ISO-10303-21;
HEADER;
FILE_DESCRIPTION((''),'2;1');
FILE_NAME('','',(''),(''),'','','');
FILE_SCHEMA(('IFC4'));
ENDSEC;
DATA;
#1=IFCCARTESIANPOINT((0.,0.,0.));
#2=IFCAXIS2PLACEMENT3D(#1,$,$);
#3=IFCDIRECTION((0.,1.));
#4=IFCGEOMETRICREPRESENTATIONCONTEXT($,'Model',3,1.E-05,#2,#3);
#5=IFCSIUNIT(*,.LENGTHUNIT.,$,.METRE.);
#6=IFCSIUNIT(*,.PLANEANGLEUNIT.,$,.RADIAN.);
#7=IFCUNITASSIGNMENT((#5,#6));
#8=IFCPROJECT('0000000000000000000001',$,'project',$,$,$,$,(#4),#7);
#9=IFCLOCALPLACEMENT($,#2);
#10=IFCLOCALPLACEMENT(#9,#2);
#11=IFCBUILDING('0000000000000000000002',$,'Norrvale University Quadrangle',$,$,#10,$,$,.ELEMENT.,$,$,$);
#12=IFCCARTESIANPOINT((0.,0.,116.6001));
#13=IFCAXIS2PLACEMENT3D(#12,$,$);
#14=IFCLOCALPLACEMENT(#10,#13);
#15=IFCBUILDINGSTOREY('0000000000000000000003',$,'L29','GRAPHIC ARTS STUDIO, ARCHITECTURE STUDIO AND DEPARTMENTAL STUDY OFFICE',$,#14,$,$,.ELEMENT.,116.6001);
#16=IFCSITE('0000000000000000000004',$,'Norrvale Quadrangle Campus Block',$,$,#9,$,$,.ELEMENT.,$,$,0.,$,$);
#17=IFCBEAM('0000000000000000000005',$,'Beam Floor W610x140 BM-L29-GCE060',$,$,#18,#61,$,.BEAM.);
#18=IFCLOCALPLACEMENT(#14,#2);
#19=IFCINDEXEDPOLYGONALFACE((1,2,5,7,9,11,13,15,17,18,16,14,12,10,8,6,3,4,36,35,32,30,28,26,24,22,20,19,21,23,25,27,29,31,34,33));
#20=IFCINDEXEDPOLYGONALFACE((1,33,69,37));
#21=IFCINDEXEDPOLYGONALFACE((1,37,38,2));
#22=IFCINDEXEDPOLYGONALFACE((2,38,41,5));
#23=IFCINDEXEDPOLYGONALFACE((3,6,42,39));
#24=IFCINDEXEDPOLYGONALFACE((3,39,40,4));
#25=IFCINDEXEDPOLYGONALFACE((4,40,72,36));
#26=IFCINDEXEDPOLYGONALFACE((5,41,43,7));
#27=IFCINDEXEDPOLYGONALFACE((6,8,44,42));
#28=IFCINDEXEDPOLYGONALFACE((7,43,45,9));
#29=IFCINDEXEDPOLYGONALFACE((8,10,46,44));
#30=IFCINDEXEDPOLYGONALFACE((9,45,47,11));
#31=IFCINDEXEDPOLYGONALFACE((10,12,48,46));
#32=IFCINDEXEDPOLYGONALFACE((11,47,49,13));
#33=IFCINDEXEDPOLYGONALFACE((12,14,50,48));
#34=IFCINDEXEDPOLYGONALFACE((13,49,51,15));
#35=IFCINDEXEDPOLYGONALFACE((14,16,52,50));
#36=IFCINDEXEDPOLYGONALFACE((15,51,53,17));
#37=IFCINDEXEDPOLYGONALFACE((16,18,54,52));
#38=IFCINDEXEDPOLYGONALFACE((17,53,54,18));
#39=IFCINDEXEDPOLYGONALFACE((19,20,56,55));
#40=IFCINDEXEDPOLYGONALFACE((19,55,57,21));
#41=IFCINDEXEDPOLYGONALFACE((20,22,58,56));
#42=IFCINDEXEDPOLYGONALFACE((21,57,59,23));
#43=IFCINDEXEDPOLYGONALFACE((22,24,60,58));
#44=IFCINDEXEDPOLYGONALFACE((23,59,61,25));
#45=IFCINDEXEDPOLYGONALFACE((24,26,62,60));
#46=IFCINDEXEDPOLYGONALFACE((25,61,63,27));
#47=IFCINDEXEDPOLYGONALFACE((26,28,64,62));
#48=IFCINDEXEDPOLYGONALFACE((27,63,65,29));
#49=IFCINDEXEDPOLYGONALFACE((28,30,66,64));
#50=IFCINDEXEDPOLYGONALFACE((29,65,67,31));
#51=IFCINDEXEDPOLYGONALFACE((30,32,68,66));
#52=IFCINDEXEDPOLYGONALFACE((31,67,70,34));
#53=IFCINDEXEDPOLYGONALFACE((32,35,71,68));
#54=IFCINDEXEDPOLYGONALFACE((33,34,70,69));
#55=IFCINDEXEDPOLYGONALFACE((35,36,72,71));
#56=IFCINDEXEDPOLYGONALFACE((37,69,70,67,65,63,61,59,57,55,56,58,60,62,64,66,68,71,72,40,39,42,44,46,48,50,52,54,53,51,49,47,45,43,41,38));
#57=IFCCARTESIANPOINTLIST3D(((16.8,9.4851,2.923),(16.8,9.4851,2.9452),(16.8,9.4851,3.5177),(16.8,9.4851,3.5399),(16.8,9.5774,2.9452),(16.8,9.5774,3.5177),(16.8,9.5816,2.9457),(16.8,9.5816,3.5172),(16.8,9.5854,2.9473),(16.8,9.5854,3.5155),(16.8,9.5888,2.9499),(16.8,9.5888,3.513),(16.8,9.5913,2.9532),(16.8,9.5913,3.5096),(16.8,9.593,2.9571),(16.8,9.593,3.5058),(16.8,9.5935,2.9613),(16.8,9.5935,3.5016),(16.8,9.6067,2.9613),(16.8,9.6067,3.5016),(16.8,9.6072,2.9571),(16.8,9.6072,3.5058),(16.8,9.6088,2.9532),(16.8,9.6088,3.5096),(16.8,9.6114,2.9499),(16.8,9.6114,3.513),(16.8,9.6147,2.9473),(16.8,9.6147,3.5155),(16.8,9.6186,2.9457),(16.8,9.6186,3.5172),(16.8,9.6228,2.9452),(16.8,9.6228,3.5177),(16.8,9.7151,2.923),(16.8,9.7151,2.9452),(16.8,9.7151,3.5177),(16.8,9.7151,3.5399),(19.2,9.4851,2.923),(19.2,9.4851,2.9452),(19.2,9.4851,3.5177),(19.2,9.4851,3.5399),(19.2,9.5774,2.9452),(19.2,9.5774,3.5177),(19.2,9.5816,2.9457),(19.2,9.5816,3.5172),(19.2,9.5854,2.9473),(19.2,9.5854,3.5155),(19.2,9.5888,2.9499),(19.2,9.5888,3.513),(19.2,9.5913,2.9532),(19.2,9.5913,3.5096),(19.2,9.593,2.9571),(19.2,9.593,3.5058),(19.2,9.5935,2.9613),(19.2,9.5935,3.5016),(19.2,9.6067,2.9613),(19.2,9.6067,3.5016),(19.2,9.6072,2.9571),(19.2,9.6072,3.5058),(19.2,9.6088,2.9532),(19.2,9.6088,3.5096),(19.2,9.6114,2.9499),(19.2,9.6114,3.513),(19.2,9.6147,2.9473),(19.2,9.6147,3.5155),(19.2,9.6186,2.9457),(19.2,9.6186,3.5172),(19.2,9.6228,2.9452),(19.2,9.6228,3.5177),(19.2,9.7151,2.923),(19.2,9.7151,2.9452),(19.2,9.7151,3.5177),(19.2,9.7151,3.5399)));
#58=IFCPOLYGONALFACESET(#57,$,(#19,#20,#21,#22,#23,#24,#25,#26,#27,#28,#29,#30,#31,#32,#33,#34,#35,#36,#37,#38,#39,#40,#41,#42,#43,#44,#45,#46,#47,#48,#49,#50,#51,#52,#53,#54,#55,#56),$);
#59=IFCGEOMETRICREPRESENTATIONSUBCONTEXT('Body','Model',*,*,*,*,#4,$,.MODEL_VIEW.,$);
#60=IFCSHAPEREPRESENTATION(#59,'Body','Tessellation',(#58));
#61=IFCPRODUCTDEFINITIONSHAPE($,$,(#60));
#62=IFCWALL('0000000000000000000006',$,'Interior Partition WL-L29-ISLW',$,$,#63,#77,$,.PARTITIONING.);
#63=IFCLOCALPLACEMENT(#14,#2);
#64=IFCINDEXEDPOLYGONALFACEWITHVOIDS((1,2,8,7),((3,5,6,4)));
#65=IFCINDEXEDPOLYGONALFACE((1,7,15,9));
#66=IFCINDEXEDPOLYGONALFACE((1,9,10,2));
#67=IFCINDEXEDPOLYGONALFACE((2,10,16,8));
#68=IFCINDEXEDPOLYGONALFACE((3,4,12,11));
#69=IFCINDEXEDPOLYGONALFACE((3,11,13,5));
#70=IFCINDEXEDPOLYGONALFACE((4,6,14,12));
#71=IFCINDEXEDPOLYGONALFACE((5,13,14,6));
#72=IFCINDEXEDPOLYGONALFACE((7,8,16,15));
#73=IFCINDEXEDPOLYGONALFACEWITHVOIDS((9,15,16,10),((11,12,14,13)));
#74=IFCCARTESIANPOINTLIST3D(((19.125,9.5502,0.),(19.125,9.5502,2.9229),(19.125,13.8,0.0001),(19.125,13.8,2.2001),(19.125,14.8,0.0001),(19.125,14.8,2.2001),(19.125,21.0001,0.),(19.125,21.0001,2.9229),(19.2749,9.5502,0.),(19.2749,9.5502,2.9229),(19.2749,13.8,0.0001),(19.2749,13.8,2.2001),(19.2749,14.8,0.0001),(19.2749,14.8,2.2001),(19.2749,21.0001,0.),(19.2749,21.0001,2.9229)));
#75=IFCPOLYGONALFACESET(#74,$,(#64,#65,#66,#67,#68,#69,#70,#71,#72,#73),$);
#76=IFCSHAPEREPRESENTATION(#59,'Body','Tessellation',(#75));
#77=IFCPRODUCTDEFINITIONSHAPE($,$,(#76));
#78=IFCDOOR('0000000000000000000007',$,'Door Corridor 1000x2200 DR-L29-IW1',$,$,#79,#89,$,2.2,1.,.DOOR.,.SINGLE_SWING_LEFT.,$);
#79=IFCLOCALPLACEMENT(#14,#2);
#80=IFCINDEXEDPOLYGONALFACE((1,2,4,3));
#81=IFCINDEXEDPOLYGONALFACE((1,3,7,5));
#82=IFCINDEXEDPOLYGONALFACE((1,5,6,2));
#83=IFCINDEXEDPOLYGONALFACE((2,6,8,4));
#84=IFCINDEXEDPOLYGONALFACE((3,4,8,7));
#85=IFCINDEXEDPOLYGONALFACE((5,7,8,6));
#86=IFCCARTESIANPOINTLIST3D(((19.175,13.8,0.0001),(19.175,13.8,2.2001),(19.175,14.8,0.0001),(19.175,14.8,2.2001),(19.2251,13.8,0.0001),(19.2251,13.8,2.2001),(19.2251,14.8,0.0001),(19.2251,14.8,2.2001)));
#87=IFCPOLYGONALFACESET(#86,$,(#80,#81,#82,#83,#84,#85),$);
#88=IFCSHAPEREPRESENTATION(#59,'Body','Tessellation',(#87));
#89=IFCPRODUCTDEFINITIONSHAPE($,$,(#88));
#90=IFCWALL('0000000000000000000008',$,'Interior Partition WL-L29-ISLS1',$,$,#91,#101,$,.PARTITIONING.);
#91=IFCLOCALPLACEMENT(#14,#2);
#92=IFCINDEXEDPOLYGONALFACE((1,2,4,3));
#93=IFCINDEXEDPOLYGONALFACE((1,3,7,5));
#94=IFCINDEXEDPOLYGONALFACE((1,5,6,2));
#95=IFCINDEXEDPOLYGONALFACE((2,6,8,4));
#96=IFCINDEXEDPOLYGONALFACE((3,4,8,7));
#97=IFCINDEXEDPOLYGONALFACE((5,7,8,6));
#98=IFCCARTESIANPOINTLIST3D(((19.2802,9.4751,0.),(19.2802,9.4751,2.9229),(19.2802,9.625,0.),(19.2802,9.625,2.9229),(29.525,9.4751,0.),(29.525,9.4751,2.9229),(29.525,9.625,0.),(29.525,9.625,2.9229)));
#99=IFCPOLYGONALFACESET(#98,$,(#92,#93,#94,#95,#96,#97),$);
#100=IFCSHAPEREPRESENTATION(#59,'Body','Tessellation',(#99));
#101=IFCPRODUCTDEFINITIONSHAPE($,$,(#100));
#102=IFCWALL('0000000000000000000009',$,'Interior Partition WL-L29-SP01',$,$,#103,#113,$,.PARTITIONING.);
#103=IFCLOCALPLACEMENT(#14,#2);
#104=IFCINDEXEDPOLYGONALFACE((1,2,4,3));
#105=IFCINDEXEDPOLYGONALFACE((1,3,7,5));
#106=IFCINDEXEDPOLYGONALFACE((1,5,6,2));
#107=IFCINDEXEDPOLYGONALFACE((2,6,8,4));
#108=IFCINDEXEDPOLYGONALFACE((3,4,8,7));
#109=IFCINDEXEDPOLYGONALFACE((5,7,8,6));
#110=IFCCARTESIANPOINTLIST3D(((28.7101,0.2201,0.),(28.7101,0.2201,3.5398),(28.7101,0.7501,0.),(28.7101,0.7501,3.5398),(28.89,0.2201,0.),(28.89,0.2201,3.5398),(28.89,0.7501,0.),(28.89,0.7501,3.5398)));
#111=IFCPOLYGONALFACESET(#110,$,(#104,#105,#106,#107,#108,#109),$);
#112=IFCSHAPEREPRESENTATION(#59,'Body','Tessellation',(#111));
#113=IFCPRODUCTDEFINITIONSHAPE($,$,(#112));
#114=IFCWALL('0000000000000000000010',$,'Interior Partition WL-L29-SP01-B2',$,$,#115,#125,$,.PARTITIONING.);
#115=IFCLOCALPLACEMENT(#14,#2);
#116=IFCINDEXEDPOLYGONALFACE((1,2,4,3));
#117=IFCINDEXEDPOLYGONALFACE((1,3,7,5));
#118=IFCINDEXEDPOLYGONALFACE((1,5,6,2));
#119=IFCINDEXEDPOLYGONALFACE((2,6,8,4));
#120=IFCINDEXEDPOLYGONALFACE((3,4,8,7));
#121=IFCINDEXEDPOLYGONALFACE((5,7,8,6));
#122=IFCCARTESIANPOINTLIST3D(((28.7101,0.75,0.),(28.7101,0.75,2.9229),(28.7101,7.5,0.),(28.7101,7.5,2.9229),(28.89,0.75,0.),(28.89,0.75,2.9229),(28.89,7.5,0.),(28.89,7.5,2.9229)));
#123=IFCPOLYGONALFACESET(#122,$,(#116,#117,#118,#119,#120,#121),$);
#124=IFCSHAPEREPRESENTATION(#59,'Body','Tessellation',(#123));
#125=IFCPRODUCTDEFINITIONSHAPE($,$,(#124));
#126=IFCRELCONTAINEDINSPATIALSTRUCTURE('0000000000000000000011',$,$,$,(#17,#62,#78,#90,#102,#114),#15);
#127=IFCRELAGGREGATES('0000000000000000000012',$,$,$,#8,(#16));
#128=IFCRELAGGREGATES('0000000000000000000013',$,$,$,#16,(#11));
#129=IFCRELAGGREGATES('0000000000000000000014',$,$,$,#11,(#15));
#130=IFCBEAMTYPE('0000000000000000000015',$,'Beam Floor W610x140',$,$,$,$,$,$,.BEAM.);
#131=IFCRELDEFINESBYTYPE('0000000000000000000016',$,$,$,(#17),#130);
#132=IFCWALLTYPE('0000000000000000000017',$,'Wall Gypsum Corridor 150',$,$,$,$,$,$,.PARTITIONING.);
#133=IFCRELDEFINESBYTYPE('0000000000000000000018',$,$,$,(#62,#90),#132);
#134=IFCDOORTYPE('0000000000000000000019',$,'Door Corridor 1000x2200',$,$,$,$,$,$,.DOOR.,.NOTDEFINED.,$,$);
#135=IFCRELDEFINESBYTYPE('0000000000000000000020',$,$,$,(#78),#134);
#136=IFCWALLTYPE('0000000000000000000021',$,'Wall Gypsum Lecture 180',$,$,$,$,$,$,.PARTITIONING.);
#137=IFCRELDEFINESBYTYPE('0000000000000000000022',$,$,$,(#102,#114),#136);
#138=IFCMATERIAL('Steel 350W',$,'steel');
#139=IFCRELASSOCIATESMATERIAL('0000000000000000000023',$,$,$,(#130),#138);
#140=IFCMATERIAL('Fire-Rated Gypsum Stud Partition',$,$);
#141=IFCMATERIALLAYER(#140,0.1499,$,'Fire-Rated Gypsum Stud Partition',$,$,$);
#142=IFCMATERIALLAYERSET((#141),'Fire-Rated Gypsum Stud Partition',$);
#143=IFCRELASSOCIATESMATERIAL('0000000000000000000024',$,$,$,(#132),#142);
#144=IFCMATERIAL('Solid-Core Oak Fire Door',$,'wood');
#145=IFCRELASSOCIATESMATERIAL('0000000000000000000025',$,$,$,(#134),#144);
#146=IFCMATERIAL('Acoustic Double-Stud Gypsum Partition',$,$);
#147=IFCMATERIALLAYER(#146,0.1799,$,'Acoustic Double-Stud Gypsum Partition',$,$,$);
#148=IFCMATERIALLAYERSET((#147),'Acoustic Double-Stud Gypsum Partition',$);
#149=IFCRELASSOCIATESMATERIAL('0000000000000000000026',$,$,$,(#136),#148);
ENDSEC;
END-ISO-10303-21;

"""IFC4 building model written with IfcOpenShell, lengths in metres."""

from ifc_helpers import new_model, si_unit, direction, frame, frame_2d, origin, origin_2d, place, context, subcontext, project, spatial, rectangle, i_section, extrude, material, layer, layer_set, material_profile, profile_set, type_object, element, fill, save


model = new_model("IFC4")

# Units and contexts
model_context = context("Model", 3, precision=1e-05, world=origin(), true_north=direction((0.0, 1.0)))
body_context = subcontext(model_context, "Body", "Model", "MODEL_VIEW")
ifc_project = project(units=[si_unit("LENGTHUNIT", "METRE"), si_unit("PLANEANGLEUNIT", "RADIAN")], contexts=[model_context])

# Site, building, storey
site_placement = place(None, origin())
site = spatial("IfcSite", under=ifc_project, at=site_placement, Name="Norrvale Quadrangle Campus Block", CompositionType="ELEMENT", RefElevation=0.0)
building_placement = place(site_placement, origin())
building = spatial("IfcBuilding", under=site, at=building_placement, Name="Norrvale University Quadrangle", CompositionType="ELEMENT")
storey_placement = place(building_placement, frame((0.0, 0.0, 116.6001)))
storey = spatial("IfcBuildingStorey", under=building, at=storey_placement, Name="L29", Description="GRAPHIC ARTS STUDIO, ARCHITECTURE STUDIO AND DEPARTMENTAL STUDY OFFICE", CompositionType="ELEMENT", Elevation=116.6001)

# Beam
ifc_material_1 = material(Name="Steel 350W", Category="steel")
ifc_material_profile_1 = material_profile(ifc_material_1, i_section(OverallWidth=0.23, OverallDepth=0.6169, WebThickness=0.0132, FlangeThickness=0.0222, FilletRadius=0.0161, at=origin_2d()), Name="Steel 350W")
ifc_profile_set_1 = profile_set([ifc_material_profile_1], Name="Steel 350W")
beam_type_1 = type_object("IfcBeamType", Name="Beam Floor W610x140", PredefinedType="BEAM", material=ifc_profile_set_1)
beam_1_placement = place(storey_placement, frame((16.8, 9.6001, 3.2314), z_axis=(1.0, 0.0, 0.0), x_axis=(0.0, 1.0, 0.0)))
element("IfcBeam", 1, at=beam_1_placement, inside=storey, type_object=beam_type_1, Name="Beam Floor W610x140 BM-L29-GCE060", PredefinedType="BEAM", context=body_context, shape_type="SweptSolid", body=[
    extrude(i_section(OverallWidth=0.23, OverallDepth=0.6169, WebThickness=0.0132, FlangeThickness=0.0222, FilletRadius=0.0161, at=origin_2d()), origin(), (0.0, 0.0, 1.0), 2.3999),
])

# Wall, opening, door
ifc_material_2 = material(Name="Fire-Rated Gypsum Stud Partition")
ifc_layer_1 = layer(ifc_material_2, 0.1499, Name="Fire-Rated Gypsum Stud Partition")
ifc_layer_set_1 = layer_set([ifc_layer_1], Name="Fire-Rated Gypsum Stud Partition")
wall_type_1 = type_object("IfcWallType", Name="Wall Gypsum Corridor 150", PredefinedType="PARTITIONING", material=ifc_layer_set_1)
wall_1_placement = place(storey_placement, frame((19.2, 9.55, 0.0), z_axis=(0.0, 0.0, 1.0), x_axis=(0.0, 1.0, 0.0)))
wall_1 = element("IfcWall", 2, at=wall_1_placement, inside=storey, type_object=wall_type_1, Name="Interior Partition WL-L29-ISLW", PredefinedType="PARTITIONING", context=body_context, shape_type="SweptSolid", body=[
    extrude(rectangle(XDim=11.45, YDim=0.1499, at=frame_2d((5.7251, 0.0))), origin(), (0.0, 0.0, 1.0), 2.9229),
])
opening_placement = place(wall_1_placement, frame((4.25, 0.0, 0.0)))
opening = element("IfcOpeningElement", 3, at=opening_placement, cuts=wall_1, PredefinedType="OPENING", context=body_context, shape_type="SweptSolid", body=[
    extrude(rectangle(XDim=1.0, YDim=2.2, at=frame_2d((0.5, 1.1001))), frame((0.0, 0.0869, 0.0), z_axis=(0.0, -1.0, 0.0), x_axis=(1.0, 0.0, 0.0)), (0.0, 0.0, 1.0), 0.1738),
])
ifc_material_3 = material(Name="Solid-Core Oak Fire Door", Category="wood")
door_type = type_object("IfcDoorType", Name="Door Corridor 1000x2200", OperationType="NOTDEFINED", PredefinedType="DOOR", material=ifc_material_3)
door_placement = place(opening_placement, origin())
door = element("IfcDoor", 4, at=door_placement, inside=storey, type_object=door_type, Name="Door Corridor 1000x2200 DR-L29-IW1", OperationType="SINGLE_SWING_LEFT", OverallHeight=2.2, OverallWidth=1.0, PredefinedType="DOOR", context=body_context, shape_type="SweptSolid", body=[
    extrude(rectangle(XDim=1.0, YDim=2.2, at=frame_2d((0.5, 1.1001))), frame((0.0, 0.0249, 0.0), z_axis=(0.0, -1.0, 0.0), x_axis=(1.0, 0.0, 0.0)), (0.0, 0.0, 1.0), 0.05),
])
fill(opening, door)

# Walls
wall_2_placement = place(storey_placement, frame((19.28, 9.55, 0.0), z_axis=(0.0, 0.0, 1.0), x_axis=(1.0, 0.0, 0.0)))
element("IfcWall", 5, at=wall_2_placement, inside=storey, type_object=wall_type_1, Name="Interior Partition WL-L29-ISLS1", PredefinedType="PARTITIONING", context=body_context, shape_type="SweptSolid", body=[
    extrude(rectangle(XDim=10.2449, YDim=0.1499, at=frame_2d((5.1226, 0.0))), origin(), (0.0, 0.0, 1.0), 2.9229),
])
ifc_material_4 = material(Name="Acoustic Double-Stud Gypsum Partition")
ifc_layer_2 = layer(ifc_material_4, 0.1799, Name="Acoustic Double-Stud Gypsum Partition")
ifc_layer_set_2 = layer_set([ifc_layer_2], Name="Acoustic Double-Stud Gypsum Partition")
wall_type_2 = type_object("IfcWallType", Name="Wall Gypsum Lecture 180", PredefinedType="PARTITIONING", material=ifc_layer_set_2)
wall_3_placement = place(storey_placement, frame((28.8, 0.22, 0.0), z_axis=(0.0, 0.0, 1.0), x_axis=(0.0, 1.0, 0.0)))
element("IfcWall", 6, at=wall_3_placement, inside=storey, type_object=wall_type_2, Name="Interior Partition WL-L29-SP01", PredefinedType="PARTITIONING", context=body_context, shape_type="SweptSolid", body=[
    extrude(rectangle(XDim=0.53, YDim=0.1799, at=frame_2d((0.2651, 0.0))), origin(), (0.0, 0.0, 1.0), 3.5398),
])
wall_4_placement = place(storey_placement, frame((28.8, 0.75, 0.0), z_axis=(0.0, 0.0, 1.0), x_axis=(0.0, 1.0, 0.0)))
element("IfcWall", 7, at=wall_4_placement, inside=storey, type_object=wall_type_2, Name="Interior Partition WL-L29-SP01-B2", PredefinedType="PARTITIONING", context=body_context, shape_type="SweptSolid", body=[
    extrude(rectangle(XDim=6.75, YDim=0.1799, at=frame_2d((3.375, 0.0))), origin(), (0.0, 0.0, 1.0), 2.9229),
])

save(model, "model.ifc")
